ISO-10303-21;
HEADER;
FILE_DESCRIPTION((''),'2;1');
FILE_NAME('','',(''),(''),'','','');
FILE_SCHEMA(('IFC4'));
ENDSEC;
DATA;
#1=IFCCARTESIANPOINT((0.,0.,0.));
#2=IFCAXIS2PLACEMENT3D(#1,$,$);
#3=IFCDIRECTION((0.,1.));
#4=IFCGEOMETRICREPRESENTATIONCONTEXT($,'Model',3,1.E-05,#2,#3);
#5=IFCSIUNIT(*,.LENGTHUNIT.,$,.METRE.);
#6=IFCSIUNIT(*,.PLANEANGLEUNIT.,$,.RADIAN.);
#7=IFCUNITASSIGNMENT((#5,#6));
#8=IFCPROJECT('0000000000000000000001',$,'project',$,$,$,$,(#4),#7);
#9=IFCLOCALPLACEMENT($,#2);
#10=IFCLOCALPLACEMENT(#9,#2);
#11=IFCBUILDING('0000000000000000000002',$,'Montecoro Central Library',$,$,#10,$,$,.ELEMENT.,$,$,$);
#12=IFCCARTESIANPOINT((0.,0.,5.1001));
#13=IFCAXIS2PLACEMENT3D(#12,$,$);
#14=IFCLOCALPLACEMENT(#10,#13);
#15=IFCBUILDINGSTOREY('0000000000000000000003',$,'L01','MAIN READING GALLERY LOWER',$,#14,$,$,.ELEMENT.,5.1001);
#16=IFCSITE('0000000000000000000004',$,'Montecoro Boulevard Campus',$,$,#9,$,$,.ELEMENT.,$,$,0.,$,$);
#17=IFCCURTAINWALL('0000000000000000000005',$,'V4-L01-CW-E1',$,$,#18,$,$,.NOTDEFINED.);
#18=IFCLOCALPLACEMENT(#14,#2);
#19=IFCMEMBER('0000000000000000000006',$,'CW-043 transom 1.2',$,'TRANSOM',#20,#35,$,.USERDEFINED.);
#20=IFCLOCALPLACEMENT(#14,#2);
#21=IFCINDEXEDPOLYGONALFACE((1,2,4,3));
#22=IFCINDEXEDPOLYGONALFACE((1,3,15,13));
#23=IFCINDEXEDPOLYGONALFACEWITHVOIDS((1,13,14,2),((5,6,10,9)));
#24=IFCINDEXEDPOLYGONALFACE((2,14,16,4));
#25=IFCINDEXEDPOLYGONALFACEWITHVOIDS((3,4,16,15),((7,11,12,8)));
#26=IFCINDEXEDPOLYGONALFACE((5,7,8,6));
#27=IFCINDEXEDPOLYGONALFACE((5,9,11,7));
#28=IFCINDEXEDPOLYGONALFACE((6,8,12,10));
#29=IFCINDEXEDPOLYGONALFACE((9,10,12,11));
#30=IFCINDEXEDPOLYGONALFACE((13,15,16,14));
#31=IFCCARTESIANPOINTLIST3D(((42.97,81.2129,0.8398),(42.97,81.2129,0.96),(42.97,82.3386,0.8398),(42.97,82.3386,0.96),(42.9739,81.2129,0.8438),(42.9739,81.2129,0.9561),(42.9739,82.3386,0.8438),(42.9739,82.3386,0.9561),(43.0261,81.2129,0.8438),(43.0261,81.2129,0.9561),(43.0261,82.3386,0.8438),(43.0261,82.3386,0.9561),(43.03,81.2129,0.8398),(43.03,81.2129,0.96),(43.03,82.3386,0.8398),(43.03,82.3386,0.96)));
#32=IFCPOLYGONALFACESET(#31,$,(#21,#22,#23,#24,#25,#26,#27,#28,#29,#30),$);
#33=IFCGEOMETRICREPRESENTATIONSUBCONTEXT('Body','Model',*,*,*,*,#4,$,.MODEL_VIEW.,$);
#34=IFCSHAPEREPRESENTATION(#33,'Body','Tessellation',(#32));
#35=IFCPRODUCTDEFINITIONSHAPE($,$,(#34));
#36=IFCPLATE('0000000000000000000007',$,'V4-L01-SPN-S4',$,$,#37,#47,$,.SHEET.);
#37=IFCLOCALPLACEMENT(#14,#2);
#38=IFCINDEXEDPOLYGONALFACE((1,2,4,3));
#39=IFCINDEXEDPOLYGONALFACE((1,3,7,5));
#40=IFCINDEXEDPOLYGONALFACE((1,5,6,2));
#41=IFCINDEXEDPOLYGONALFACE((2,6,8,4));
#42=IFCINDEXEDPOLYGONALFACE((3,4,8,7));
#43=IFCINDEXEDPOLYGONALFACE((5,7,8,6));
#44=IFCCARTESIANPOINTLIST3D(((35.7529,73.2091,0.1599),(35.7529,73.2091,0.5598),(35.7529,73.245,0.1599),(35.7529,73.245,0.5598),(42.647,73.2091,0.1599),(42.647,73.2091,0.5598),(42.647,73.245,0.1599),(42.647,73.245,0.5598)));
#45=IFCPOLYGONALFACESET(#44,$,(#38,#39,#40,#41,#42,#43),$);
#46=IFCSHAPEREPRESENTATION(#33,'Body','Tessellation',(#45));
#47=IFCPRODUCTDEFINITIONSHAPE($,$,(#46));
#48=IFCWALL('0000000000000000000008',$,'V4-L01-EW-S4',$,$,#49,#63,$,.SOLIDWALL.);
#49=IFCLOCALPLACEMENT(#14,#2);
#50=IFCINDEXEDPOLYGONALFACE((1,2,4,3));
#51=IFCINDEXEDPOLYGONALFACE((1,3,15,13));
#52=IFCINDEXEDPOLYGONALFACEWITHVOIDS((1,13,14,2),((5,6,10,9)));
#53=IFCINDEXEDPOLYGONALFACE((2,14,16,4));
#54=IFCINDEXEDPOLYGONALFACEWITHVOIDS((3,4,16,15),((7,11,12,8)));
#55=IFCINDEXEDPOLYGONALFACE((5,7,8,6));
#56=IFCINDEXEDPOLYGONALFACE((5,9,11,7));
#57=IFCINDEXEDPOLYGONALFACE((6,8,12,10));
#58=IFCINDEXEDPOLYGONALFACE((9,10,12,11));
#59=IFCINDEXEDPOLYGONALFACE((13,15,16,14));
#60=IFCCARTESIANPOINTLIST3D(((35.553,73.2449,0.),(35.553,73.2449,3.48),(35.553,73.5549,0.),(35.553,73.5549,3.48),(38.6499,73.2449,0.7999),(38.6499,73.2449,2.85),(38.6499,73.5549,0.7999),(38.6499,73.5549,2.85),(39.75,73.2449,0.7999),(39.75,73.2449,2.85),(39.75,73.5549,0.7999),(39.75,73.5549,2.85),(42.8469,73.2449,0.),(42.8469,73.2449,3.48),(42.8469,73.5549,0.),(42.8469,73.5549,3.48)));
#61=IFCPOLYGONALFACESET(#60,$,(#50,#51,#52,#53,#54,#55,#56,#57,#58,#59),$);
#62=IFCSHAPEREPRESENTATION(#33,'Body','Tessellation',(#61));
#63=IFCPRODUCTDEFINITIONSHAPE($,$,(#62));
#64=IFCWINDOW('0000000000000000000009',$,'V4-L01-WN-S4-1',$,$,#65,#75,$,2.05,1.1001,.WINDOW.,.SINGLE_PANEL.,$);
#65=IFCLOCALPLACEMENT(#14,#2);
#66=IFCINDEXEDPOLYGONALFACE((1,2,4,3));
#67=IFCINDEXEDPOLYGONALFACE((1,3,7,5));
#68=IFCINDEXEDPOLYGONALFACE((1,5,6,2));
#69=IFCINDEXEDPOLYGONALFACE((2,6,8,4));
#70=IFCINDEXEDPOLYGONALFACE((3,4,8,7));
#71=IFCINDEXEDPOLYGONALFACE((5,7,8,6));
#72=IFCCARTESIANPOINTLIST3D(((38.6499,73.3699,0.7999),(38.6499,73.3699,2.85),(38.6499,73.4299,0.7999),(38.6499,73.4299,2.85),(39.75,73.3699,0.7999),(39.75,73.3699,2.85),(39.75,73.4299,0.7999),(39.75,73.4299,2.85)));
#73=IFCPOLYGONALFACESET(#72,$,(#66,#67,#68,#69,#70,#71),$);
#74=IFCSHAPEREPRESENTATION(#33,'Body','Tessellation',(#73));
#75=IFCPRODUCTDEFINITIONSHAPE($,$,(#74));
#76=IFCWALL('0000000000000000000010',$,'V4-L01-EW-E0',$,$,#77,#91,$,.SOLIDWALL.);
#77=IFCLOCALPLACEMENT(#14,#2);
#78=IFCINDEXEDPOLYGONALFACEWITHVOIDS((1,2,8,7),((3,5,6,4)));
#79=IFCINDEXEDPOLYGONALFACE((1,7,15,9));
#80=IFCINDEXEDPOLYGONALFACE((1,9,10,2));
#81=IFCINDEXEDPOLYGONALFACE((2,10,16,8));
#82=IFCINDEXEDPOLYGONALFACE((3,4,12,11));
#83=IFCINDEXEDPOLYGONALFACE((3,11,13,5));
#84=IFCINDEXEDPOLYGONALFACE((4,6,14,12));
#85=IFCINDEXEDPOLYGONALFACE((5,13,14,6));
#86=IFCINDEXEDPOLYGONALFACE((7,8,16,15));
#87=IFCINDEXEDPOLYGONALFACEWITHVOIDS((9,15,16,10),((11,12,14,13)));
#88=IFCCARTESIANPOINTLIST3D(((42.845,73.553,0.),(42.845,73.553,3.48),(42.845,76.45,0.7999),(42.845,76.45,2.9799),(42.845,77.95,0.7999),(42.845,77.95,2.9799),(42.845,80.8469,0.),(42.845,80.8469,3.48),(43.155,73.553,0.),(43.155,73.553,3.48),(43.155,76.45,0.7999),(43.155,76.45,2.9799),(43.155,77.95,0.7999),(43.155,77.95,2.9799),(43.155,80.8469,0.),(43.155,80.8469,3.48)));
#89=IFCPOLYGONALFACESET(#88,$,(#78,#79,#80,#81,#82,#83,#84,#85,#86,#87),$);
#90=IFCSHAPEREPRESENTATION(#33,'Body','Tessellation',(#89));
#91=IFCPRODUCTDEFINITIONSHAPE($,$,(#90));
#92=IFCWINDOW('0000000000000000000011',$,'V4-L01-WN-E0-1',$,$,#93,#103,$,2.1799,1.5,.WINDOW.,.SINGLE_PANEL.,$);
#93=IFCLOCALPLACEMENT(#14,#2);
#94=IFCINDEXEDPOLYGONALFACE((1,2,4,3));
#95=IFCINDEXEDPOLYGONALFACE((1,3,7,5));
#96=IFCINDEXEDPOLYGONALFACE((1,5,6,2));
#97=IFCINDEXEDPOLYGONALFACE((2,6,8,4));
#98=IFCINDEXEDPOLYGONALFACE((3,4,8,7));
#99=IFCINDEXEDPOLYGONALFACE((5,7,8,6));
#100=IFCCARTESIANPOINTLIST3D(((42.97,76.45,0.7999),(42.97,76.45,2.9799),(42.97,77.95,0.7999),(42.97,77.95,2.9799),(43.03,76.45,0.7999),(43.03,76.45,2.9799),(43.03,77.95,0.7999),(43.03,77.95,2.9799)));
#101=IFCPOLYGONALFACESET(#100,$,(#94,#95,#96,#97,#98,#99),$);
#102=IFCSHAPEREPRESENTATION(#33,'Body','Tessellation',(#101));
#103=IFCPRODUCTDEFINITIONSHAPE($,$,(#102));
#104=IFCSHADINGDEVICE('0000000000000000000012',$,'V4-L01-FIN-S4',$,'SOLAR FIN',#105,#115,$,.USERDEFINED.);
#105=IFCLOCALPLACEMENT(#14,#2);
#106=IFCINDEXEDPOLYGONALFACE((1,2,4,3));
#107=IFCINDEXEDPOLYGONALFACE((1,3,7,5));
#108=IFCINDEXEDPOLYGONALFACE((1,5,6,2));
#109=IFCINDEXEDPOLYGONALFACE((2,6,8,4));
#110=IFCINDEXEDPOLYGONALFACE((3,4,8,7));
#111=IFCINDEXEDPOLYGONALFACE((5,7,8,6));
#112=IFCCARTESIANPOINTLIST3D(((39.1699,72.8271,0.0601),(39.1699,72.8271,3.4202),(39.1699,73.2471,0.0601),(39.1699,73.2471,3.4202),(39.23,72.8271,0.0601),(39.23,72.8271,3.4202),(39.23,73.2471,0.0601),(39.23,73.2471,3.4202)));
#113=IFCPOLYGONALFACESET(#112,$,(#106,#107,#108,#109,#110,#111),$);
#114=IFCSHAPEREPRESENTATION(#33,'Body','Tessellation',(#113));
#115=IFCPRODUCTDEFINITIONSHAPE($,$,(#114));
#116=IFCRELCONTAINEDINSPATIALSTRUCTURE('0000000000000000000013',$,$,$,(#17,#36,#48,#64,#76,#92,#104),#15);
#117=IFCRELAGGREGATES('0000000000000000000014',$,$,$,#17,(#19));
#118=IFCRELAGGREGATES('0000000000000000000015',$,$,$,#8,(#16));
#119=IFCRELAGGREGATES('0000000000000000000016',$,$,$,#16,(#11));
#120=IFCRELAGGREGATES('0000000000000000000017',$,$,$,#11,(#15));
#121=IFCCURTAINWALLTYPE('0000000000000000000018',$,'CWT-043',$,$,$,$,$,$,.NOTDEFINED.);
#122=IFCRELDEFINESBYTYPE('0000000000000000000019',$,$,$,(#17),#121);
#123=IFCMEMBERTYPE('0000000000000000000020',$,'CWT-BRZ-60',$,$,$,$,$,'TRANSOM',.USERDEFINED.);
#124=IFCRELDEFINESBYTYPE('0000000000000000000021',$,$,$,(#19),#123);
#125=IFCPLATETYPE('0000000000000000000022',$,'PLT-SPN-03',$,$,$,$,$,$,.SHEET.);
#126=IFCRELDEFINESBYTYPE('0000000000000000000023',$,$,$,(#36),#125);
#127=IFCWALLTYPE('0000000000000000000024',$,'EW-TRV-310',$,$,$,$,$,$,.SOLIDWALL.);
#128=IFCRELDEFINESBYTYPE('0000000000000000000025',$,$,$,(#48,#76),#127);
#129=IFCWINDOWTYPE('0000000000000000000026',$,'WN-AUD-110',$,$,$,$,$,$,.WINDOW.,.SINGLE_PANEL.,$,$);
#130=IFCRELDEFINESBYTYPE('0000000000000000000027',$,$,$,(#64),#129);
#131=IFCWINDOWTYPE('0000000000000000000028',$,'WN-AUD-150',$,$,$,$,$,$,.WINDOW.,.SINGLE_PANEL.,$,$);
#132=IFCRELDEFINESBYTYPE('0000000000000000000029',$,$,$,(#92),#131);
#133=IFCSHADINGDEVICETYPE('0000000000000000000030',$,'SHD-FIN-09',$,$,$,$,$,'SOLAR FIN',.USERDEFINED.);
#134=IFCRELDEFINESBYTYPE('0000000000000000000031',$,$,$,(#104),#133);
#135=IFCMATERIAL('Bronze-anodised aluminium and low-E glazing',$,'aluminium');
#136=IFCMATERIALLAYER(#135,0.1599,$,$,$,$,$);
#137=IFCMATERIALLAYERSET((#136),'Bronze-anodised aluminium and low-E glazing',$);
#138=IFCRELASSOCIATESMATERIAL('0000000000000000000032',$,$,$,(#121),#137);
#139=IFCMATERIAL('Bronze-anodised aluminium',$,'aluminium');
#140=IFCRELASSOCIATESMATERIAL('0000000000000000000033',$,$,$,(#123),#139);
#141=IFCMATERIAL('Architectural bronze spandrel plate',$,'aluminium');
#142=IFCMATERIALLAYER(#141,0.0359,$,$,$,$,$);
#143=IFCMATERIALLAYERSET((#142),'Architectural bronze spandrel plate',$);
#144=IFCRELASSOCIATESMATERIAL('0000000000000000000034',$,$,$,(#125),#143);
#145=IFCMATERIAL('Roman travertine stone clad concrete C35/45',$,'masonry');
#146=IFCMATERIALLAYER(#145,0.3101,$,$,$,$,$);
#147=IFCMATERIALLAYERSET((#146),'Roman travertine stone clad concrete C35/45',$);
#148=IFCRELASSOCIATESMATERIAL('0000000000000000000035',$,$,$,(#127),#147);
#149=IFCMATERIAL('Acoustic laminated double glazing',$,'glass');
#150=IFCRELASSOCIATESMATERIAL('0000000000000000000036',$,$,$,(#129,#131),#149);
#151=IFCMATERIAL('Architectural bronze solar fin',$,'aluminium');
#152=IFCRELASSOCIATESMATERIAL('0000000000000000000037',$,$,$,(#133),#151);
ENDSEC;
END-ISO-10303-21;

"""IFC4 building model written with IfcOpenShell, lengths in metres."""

from ifc_helpers import new_model, si_unit, direction, frame, frame_2d, origin, origin_2d, place, context, subcontext, project, spatial, rectangle, hollow_rectangle, extrude, material, layer, layer_set, material_profile, profile_set, type_object, element, fill, aggregate, save


model = new_model("IFC4")

# Units and contexts
model_context = context("Model", 3, precision=1e-05, world=origin(), true_north=direction((0.0, 1.0)))
body_context = subcontext(model_context, "Body", "Model", "MODEL_VIEW")
ifc_project = project(units=[si_unit("LENGTHUNIT", "METRE"), si_unit("PLANEANGLEUNIT", "RADIAN")], contexts=[model_context])

# Site, building, storey
site_placement = place(None, origin())
site = spatial("IfcSite", under=ifc_project, at=site_placement, Name="Montecoro Boulevard Campus", CompositionType="ELEMENT", RefElevation=0.0)
building_placement = place(site_placement, origin())
building = spatial("IfcBuilding", under=site, at=building_placement, Name="Montecoro Central Library", CompositionType="ELEMENT")
storey_placement = place(building_placement, frame((0.0, 0.0, 5.1001)))
storey = spatial("IfcBuildingStorey", under=building, at=storey_placement, Name="L01", Description="MAIN READING GALLERY LOWER", CompositionType="ELEMENT", Elevation=5.1001)

# Curtain wall, member
ifc_material_1 = material(Name="Bronze-anodised aluminium and low-E glazing", Category="aluminium")
ifc_layer_1 = layer(ifc_material_1, 0.1599)
ifc_layer_set_1 = layer_set([ifc_layer_1], Name="Bronze-anodised aluminium and low-E glazing")
curtain_wall_type = type_object("IfcCurtainWallType", Name="CWT-043", PredefinedType="NOTDEFINED", material=ifc_layer_set_1)
curtain_wall_placement = place(storey_placement, origin())
curtain_wall = element("IfcCurtainWall", 1, at=curtain_wall_placement, inside=storey, type_object=curtain_wall_type, Name="V4-L01-CW-E1", PredefinedType="NOTDEFINED")
ifc_material_2 = material(Name="Bronze-anodised aluminium", Category="aluminium")
ifc_material_profile_1 = material_profile(ifc_material_2, hollow_rectangle(XDim=0.0601, YDim=0.1201, WallThickness=0.0039, at=origin_2d()), Name="CWT 120x60x4.0")
ifc_profile_set_1 = profile_set([ifc_material_profile_1], Name="Bronze-anodised aluminium")
member_type_1 = type_object("IfcMemberType", Name="CWT-BRZ-60", ElementType="TRANSOM", PredefinedType="USERDEFINED", material=ifc_profile_set_1)
member_1_placement = place(storey_placement, frame((43.0, 81.2129, 0.8999), z_axis=(0.0, 1.0, 0.0), x_axis=(-1.0, 0.0, 0.0)))
member_1 = element("IfcMember", 2, at=member_1_placement, type_object=member_type_1, Name="CW-043 transom 1.2", ObjectType="TRANSOM", PredefinedType="USERDEFINED", context=body_context, shape_type="SweptSolid", body=[
    extrude(hollow_rectangle(XDim=0.0601, YDim=0.1201, WallThickness=0.0039, at=origin_2d()), origin(), (0.0, 0.0, 1.0), 1.1257),
])
aggregate(curtain_wall, [member_1])

# Plate
ifc_material_3 = material(Name="Architectural bronze spandrel plate", Category="aluminium")
ifc_layer_2 = layer(ifc_material_3, 0.0359)
ifc_layer_set_2 = layer_set([ifc_layer_2], Name="Architectural bronze spandrel plate")
plate_type = type_object("IfcPlateType", Name="PLT-SPN-03", PredefinedType="SHEET", material=ifc_layer_set_2)
plate_placement = place(storey_placement, frame((39.2, 73.2271, 0.1599), z_axis=(0.0, 0.0, 1.0), x_axis=(1.0, 0.0, 0.0)))
element("IfcPlate", 3, at=plate_placement, inside=storey, type_object=plate_type, Name="V4-L01-SPN-S4", PredefinedType="SHEET", context=body_context, shape_type="SweptSolid", body=[
    extrude(rectangle(XDim=6.894, YDim=0.0359, at=origin_2d()), origin(), (0.0, 0.0, 1.0), 0.3999),
])

# Walls, openings, windows
ifc_material_4 = material(Name="Roman travertine stone clad concrete C35/45", Category="masonry")
ifc_layer_3 = layer(ifc_material_4, 0.3101)
ifc_layer_set_3 = layer_set([ifc_layer_3], Name="Roman travertine stone clad concrete C35/45")
wall_type = type_object("IfcWallType", Name="EW-TRV-310", PredefinedType="SOLIDWALL", material=ifc_layer_set_3)
wall_1_placement = place(storey_placement, frame((35.553, 73.3999, 0.0), z_axis=(0.0, 0.0, 1.0), x_axis=(1.0, 0.0, 0.0)))
wall_1 = element("IfcWall", 4, at=wall_1_placement, inside=storey, type_object=wall_type, Name="V4-L01-EW-S4", PredefinedType="SOLIDWALL", context=body_context, shape_type="SweptSolid", body=[
    extrude(rectangle(XDim=7.2939, YDim=0.3101, at=frame_2d((3.647, 0.0))), origin(), (0.0, 0.0, 1.0), 3.48),
])
opening_1_placement = place(wall_1_placement, frame((3.0969, 0.0, 0.8)))
opening_1 = element("IfcOpeningElement", 5, at=opening_1_placement, cuts=wall_1, PredefinedType="OPENING", context=body_context, shape_type="SweptSolid", body=[
    extrude(rectangle(XDim=1.1001, YDim=2.05, at=frame_2d((0.55, 1.0249))), frame((0.0, 0.165, 0.0), z_axis=(0.0, -1.0, 0.0), x_axis=(1.0, 0.0, 0.0)), (0.0, 0.0, 1.0), 0.3301),
])
ifc_material_5 = material(Name="Acoustic laminated double glazing", Category="glass")
window_type_1 = type_object("IfcWindowType", Name="WN-AUD-110", PartitioningType="SINGLE_PANEL", PredefinedType="WINDOW", material=ifc_material_5)
window_1_placement = place(opening_1_placement, origin())
window_1 = element("IfcWindow", 6, at=window_1_placement, inside=storey, type_object=window_type_1, Name="V4-L01-WN-S4-1", OverallHeight=2.05, OverallWidth=1.1001, PartitioningType="SINGLE_PANEL", PredefinedType="WINDOW", context=body_context, shape_type="SweptSolid", body=[
    extrude(rectangle(XDim=1.1001, YDim=2.05, at=frame_2d((0.55, 1.0249))), frame((0.0, 0.03, 0.0), z_axis=(0.0, -1.0, 0.0), x_axis=(1.0, 0.0, 0.0)), (0.0, 0.0, 1.0), 0.0601),
])
fill(opening_1, window_1)
wall_2_placement = place(storey_placement, frame((43.0, 73.553, 0.0), z_axis=(0.0, 0.0, 1.0), x_axis=(0.0, 1.0, 0.0)))
wall_2 = element("IfcWall", 7, at=wall_2_placement, inside=storey, type_object=wall_type, Name="V4-L01-EW-E0", PredefinedType="SOLIDWALL", context=body_context, shape_type="SweptSolid", body=[
    extrude(rectangle(XDim=7.2939, YDim=0.3101, at=frame_2d((3.647, 0.0))), origin(), (0.0, 0.0, 1.0), 3.48),
])
opening_2_placement = place(wall_2_placement, frame((2.897, 0.0, 0.8)))
opening_2 = element("IfcOpeningElement", 8, at=opening_2_placement, cuts=wall_2, PredefinedType="OPENING", context=body_context, shape_type="SweptSolid", body=[
    extrude(rectangle(XDim=1.5, YDim=2.1799, at=frame_2d((0.75, 1.0898))), frame((0.0, 0.165, 0.0), z_axis=(0.0, -1.0, 0.0), x_axis=(1.0, 0.0, 0.0)), (0.0, 0.0, 1.0), 0.3301),
])
window_type_2 = type_object("IfcWindowType", Name="WN-AUD-150", PartitioningType="SINGLE_PANEL", PredefinedType="WINDOW", material=ifc_material_5)
window_2_placement = place(opening_2_placement, origin())
window_2 = element("IfcWindow", 9, at=window_2_placement, inside=storey, type_object=window_type_2, Name="V4-L01-WN-E0-1", OverallHeight=2.1799, OverallWidth=1.5, PartitioningType="SINGLE_PANEL", PredefinedType="WINDOW", context=body_context, shape_type="SweptSolid", body=[
    extrude(rectangle(XDim=1.5, YDim=2.1799, at=frame_2d((0.75, 1.0898))), frame((0.0, 0.03, 0.0), z_axis=(0.0, -1.0, 0.0), x_axis=(1.0, 0.0, 0.0)), (0.0, 0.0, 1.0), 0.0601),
])
fill(opening_2, window_2)

# Shading device
ifc_material_6 = material(Name="Architectural bronze solar fin", Category="aluminium")
shading_device_type = type_object("IfcShadingDeviceType", Name="SHD-FIN-09", ElementType="SOLAR FIN", PredefinedType="USERDEFINED", material=ifc_material_6)
shading_device_placement = place(storey_placement, frame((39.2, 73.0371, 0.0601), z_axis=(0.0, 0.0, 1.0), x_axis=(1.0, 0.0, 0.0)))
element("IfcShadingDevice", 10, at=shading_device_placement, inside=storey, type_object=shading_device_type, Name="V4-L01-FIN-S4", ObjectType="SOLAR FIN", PredefinedType="USERDEFINED", context=body_context, shape_type="SweptSolid", body=[
    extrude(rectangle(XDim=0.0601, YDim=0.4199, at=origin_2d()), origin(), (0.0, 0.0, 1.0), 3.3601),
])

save(model, "model.ifc")
